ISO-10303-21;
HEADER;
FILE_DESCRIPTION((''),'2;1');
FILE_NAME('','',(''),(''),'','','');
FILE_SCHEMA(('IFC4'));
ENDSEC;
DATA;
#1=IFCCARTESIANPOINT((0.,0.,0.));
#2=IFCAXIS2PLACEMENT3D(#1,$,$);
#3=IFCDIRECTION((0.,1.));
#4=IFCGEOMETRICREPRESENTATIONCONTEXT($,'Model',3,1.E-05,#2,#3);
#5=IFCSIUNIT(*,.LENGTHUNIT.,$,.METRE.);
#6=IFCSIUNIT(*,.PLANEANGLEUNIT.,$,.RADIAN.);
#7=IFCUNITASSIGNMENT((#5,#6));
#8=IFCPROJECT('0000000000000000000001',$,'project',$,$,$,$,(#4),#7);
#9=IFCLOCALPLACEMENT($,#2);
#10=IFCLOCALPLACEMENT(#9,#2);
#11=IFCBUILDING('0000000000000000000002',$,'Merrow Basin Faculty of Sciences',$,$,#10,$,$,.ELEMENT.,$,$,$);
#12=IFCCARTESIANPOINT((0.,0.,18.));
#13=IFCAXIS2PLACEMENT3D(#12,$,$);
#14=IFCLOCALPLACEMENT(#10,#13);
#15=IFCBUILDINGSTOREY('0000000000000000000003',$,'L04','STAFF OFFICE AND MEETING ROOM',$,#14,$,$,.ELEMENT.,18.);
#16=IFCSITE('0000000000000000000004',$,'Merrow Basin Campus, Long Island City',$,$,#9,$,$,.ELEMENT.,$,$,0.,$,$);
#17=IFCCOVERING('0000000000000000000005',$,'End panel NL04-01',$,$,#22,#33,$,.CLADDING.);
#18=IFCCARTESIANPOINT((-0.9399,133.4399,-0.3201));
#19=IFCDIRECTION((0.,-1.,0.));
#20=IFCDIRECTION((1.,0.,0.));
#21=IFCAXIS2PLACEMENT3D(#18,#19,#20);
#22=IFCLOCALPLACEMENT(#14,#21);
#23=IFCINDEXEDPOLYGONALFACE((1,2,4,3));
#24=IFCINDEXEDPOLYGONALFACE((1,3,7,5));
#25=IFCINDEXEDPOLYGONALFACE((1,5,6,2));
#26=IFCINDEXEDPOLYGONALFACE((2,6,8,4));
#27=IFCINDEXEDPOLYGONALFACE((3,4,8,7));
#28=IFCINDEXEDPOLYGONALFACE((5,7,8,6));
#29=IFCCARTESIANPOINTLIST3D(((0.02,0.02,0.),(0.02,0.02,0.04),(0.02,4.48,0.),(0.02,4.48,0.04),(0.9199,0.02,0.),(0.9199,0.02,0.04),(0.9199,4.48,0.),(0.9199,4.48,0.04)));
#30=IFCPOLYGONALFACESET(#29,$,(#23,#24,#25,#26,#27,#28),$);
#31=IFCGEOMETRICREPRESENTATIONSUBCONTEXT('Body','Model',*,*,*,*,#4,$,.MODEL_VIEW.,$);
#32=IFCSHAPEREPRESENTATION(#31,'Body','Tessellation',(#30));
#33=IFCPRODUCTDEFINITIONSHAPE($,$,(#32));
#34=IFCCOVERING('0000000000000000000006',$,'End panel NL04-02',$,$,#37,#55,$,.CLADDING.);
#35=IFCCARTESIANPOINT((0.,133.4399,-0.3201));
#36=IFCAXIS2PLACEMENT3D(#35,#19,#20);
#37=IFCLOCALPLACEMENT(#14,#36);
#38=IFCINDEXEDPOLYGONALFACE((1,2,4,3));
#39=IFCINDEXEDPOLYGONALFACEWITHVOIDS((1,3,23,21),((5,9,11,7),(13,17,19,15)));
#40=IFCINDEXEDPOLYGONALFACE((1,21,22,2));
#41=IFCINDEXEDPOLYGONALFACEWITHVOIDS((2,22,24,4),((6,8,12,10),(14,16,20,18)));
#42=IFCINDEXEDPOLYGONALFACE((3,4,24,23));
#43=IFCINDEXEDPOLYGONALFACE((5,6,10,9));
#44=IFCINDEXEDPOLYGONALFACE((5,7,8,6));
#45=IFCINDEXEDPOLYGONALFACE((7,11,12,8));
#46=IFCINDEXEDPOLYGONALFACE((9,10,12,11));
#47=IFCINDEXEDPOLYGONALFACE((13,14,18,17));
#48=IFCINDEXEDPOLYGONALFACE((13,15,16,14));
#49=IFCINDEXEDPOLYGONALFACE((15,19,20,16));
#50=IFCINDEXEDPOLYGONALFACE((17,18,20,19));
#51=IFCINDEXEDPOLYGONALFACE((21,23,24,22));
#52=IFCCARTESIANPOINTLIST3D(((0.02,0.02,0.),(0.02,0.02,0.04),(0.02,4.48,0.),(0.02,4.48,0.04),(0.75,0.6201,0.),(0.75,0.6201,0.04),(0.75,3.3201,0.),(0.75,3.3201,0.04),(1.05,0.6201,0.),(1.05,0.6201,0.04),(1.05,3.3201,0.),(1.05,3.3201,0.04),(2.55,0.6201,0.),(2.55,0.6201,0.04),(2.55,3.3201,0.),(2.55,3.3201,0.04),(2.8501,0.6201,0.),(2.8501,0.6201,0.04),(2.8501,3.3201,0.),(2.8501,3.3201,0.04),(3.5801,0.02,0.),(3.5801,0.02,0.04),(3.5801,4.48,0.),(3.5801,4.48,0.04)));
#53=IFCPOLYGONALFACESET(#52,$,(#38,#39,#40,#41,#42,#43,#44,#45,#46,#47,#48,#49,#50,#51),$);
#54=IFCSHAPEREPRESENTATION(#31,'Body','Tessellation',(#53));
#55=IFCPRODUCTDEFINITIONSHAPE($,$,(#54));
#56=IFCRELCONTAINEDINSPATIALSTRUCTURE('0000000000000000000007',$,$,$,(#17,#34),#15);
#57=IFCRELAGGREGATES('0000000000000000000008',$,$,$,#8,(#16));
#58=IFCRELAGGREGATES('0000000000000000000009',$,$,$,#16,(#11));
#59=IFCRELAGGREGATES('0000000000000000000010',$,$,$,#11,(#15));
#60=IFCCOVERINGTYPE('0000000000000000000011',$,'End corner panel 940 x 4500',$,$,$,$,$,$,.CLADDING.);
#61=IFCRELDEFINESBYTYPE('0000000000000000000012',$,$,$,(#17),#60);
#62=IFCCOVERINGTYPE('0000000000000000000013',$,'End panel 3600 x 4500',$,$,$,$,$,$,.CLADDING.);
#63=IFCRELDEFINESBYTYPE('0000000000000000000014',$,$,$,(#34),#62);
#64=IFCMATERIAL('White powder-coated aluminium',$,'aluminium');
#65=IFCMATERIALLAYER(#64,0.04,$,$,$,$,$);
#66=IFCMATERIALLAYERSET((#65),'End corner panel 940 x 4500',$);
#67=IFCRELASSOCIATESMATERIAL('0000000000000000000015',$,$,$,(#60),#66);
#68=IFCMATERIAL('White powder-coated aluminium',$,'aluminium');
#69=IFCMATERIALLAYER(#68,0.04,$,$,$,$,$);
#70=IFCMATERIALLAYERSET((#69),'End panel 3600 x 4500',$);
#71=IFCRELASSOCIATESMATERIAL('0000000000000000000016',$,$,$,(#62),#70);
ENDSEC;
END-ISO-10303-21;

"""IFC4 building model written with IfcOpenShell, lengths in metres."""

from ifc_helpers import new_model, si_unit, direction, frame, origin, place, context, subcontext, project, spatial, polyline, outline, extrude, source, transform, mapped, material, layer, layer_set, type_object, element, save


model = new_model("IFC4")

# Units and contexts
model_context = context("Model", 3, precision=1e-05, world=origin(), true_north=direction((0.0, 1.0)))
body_context = subcontext(model_context, "Body", "Model", "MODEL_VIEW")
ifc_project = project(units=[si_unit("LENGTHUNIT", "METRE"), si_unit("PLANEANGLEUNIT", "RADIAN")], contexts=[model_context])

# Site, building, storey
site_placement = place(None, origin())
site = spatial("IfcSite", under=ifc_project, at=site_placement, Name="Merrow Basin Campus, Long Island City", CompositionType="ELEMENT", RefElevation=0.0)
building_placement = place(site_placement, origin())
building = spatial("IfcBuilding", under=site, at=building_placement, Name="Merrow Basin Faculty of Sciences", CompositionType="ELEMENT")
storey_placement = place(building_placement, frame((0.0, 0.0, 18.0)))
storey = spatial("IfcBuildingStorey", under=building, at=storey_placement, Name="L04", Description="STAFF OFFICE AND MEETING ROOM", CompositionType="ELEMENT", Elevation=18.0)

# Coverings
ifc_material_1 = material(Name="White powder-coated aluminium", Category="aluminium")
ifc_layer_1 = layer(ifc_material_1, 0.04)
ifc_layer_set_1 = layer_set([ifc_layer_1], Name="End corner panel 940 x 4500")
covering_type_1 = type_object("IfcCoveringType", Name="End corner panel 940 x 4500", PredefinedType="CLADDING", material=ifc_layer_set_1)
shared_shape_1 = source(origin(), body_context, "Body", "SweptSolid", [
    extrude(outline(polyline([(0.02, 0.02), (0.9199, 0.02), (0.9199, 4.48), (0.02, 4.48), (0.02, 0.02)])), origin(), (0.0, 0.0, 1.0), 0.04),
])
covering_1_placement = place(storey_placement, frame((-0.9399, 133.4399, -0.3201), z_axis=(0.0, -1.0, 0.0), x_axis=(1.0, 0.0, 0.0)))
element("IfcCovering", 1, at=covering_1_placement, inside=storey, type_object=covering_type_1, Name="End panel NL04-01", PredefinedType="CLADDING", context=body_context, shape_type="MappedRepresentation", body=[
    mapped(shared_shape_1, transform((0.0, 0.0, 0.0), scale=1.0)),
])
ifc_material_2 = material(Name="White powder-coated aluminium", Category="aluminium")
ifc_layer_2 = layer(ifc_material_2, 0.04)
ifc_layer_set_2 = layer_set([ifc_layer_2], Name="End panel 3600 x 4500")
covering_type_2 = type_object("IfcCoveringType", Name="End panel 3600 x 4500", PredefinedType="CLADDING", material=ifc_layer_set_2)
shared_shape_2 = source(origin(), body_context, "Body", "SweptSolid", [
    extrude(outline(polyline([(0.02, 0.02), (3.5801, 0.02), (3.5801, 4.48), (0.02, 4.48), (0.02, 0.02)]), holes=[polyline([(0.75, 0.6201), (1.05, 0.6201), (1.05, 3.3201), (0.75, 3.3201), (0.75, 0.6201)]), polyline([(2.55, 0.6201), (2.8501, 0.6201), (2.8501, 3.3201), (2.55, 3.3201), (2.55, 0.6201)])]), origin(), (0.0, 0.0, 1.0), 0.04),
])
covering_2_placement = place(storey_placement, frame((0.0, 133.4399, -0.3201), z_axis=(0.0, -1.0, 0.0), x_axis=(1.0, 0.0, 0.0)))
element("IfcCovering", 2, at=covering_2_placement, inside=storey, type_object=covering_type_2, Name="End panel NL04-02", PredefinedType="CLADDING", context=body_context, shape_type="MappedRepresentation", body=[
    mapped(shared_shape_2, transform((0.0, 0.0, 0.0), scale=1.0)),
])

save(model, "model.ifc")
